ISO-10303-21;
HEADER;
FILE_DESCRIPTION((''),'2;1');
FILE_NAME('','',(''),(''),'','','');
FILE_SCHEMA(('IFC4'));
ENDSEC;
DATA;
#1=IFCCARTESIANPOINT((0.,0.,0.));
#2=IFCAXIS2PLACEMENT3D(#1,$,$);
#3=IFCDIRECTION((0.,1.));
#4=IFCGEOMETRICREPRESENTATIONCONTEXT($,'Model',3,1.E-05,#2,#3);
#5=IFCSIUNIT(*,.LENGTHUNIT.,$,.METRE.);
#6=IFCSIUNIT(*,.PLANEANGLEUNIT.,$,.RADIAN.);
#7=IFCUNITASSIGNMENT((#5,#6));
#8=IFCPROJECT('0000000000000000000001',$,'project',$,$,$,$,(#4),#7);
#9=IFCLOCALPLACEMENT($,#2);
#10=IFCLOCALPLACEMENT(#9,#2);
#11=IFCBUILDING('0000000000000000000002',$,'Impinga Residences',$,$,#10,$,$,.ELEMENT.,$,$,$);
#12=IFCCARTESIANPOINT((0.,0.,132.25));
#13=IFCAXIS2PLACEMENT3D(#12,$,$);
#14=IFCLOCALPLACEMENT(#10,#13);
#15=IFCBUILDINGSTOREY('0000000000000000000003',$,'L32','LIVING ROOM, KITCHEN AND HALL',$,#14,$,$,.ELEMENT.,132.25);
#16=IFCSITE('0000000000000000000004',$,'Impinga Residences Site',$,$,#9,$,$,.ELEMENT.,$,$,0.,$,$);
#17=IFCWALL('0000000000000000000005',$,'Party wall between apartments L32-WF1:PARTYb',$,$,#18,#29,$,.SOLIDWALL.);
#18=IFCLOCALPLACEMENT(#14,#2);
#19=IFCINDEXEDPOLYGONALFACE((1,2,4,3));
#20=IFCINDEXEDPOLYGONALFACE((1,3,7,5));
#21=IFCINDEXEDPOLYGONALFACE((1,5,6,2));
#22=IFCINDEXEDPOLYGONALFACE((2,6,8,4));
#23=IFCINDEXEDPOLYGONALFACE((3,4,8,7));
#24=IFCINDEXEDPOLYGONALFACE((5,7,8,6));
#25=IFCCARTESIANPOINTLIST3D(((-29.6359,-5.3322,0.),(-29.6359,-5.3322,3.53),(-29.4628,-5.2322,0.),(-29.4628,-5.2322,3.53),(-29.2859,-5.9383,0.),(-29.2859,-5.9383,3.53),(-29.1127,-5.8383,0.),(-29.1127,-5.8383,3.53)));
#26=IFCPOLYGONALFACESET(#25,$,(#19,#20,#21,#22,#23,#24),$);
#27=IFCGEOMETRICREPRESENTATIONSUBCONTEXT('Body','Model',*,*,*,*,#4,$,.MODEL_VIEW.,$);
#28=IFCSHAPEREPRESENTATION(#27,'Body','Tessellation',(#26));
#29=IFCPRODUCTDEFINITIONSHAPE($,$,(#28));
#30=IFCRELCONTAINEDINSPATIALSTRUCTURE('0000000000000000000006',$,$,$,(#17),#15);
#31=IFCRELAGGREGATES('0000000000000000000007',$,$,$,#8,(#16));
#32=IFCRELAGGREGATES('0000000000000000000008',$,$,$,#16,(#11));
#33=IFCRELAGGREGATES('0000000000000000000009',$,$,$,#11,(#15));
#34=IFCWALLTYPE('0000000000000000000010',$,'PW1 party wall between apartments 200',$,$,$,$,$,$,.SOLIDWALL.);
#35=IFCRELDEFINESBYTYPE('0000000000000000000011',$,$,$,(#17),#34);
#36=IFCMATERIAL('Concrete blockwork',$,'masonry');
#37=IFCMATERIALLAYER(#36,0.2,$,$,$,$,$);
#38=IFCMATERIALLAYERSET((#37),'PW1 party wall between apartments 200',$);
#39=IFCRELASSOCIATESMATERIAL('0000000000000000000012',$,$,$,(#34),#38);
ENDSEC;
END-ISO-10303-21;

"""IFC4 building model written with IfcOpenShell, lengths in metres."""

from ifc_helpers import new_model, si_unit, direction, frame, frame_2d, origin, place, context, subcontext, project, spatial, rectangle, extrude, material, layer, layer_set, type_object, element, save


model = new_model("IFC4")

# Units and contexts
model_context = context("Model", 3, precision=1e-05, world=origin(), true_north=direction((0.0, 1.0)))
body_context = subcontext(model_context, "Body", "Model", "MODEL_VIEW")
ifc_project = project(units=[si_unit("LENGTHUNIT", "METRE"), si_unit("PLANEANGLEUNIT", "RADIAN")], contexts=[model_context])

# Site, building, storey
site_placement = place(None, origin())
site = spatial("IfcSite", under=ifc_project, at=site_placement, Name="Impinga Residences Site", CompositionType="ELEMENT", RefElevation=0.0)
building_placement = place(site_placement, origin())
building = spatial("IfcBuilding", under=site, at=building_placement, Name="Impinga Residences", CompositionType="ELEMENT")
storey_placement = place(building_placement, frame((0.0, 0.0, 132.25)))
storey = spatial("IfcBuildingStorey", under=building, at=storey_placement, Name="L32", Description="LIVING ROOM, KITCHEN AND HALL", CompositionType="ELEMENT", Elevation=132.25)

# Wall
ifc_material_1 = material(Name="Concrete blockwork", Category="masonry")
ifc_layer_1 = layer(ifc_material_1, 0.2)
ifc_layer_set_1 = layer_set([ifc_layer_1], Name="PW1 party wall between apartments 200")
wall_type_1 = type_object("IfcWallType", Name="PW1 party wall between apartments 200", PredefinedType="SOLIDWALL", material=ifc_layer_set_1)
wall_1_placement = place(storey_placement, frame((-29.1992, -5.8884, 0.0), z_axis=(0.0, 0.0, 1.0), x_axis=(-0.500115, 0.865959, 0.0)))
element("IfcWall", 1, at=wall_1_placement, inside=storey, type_object=wall_type_1, Name="Party wall between apartments L32-WF1:PARTYb", PredefinedType="SOLIDWALL", context=body_context, shape_type="SweptSolid", body=[
    extrude(rectangle(XDim=0.7, YDim=0.2, at=frame_2d((0.3501, 0.0))), origin(), (0.0, 0.0, 1.0), 3.53),
])

save(model, "model.ifc")
